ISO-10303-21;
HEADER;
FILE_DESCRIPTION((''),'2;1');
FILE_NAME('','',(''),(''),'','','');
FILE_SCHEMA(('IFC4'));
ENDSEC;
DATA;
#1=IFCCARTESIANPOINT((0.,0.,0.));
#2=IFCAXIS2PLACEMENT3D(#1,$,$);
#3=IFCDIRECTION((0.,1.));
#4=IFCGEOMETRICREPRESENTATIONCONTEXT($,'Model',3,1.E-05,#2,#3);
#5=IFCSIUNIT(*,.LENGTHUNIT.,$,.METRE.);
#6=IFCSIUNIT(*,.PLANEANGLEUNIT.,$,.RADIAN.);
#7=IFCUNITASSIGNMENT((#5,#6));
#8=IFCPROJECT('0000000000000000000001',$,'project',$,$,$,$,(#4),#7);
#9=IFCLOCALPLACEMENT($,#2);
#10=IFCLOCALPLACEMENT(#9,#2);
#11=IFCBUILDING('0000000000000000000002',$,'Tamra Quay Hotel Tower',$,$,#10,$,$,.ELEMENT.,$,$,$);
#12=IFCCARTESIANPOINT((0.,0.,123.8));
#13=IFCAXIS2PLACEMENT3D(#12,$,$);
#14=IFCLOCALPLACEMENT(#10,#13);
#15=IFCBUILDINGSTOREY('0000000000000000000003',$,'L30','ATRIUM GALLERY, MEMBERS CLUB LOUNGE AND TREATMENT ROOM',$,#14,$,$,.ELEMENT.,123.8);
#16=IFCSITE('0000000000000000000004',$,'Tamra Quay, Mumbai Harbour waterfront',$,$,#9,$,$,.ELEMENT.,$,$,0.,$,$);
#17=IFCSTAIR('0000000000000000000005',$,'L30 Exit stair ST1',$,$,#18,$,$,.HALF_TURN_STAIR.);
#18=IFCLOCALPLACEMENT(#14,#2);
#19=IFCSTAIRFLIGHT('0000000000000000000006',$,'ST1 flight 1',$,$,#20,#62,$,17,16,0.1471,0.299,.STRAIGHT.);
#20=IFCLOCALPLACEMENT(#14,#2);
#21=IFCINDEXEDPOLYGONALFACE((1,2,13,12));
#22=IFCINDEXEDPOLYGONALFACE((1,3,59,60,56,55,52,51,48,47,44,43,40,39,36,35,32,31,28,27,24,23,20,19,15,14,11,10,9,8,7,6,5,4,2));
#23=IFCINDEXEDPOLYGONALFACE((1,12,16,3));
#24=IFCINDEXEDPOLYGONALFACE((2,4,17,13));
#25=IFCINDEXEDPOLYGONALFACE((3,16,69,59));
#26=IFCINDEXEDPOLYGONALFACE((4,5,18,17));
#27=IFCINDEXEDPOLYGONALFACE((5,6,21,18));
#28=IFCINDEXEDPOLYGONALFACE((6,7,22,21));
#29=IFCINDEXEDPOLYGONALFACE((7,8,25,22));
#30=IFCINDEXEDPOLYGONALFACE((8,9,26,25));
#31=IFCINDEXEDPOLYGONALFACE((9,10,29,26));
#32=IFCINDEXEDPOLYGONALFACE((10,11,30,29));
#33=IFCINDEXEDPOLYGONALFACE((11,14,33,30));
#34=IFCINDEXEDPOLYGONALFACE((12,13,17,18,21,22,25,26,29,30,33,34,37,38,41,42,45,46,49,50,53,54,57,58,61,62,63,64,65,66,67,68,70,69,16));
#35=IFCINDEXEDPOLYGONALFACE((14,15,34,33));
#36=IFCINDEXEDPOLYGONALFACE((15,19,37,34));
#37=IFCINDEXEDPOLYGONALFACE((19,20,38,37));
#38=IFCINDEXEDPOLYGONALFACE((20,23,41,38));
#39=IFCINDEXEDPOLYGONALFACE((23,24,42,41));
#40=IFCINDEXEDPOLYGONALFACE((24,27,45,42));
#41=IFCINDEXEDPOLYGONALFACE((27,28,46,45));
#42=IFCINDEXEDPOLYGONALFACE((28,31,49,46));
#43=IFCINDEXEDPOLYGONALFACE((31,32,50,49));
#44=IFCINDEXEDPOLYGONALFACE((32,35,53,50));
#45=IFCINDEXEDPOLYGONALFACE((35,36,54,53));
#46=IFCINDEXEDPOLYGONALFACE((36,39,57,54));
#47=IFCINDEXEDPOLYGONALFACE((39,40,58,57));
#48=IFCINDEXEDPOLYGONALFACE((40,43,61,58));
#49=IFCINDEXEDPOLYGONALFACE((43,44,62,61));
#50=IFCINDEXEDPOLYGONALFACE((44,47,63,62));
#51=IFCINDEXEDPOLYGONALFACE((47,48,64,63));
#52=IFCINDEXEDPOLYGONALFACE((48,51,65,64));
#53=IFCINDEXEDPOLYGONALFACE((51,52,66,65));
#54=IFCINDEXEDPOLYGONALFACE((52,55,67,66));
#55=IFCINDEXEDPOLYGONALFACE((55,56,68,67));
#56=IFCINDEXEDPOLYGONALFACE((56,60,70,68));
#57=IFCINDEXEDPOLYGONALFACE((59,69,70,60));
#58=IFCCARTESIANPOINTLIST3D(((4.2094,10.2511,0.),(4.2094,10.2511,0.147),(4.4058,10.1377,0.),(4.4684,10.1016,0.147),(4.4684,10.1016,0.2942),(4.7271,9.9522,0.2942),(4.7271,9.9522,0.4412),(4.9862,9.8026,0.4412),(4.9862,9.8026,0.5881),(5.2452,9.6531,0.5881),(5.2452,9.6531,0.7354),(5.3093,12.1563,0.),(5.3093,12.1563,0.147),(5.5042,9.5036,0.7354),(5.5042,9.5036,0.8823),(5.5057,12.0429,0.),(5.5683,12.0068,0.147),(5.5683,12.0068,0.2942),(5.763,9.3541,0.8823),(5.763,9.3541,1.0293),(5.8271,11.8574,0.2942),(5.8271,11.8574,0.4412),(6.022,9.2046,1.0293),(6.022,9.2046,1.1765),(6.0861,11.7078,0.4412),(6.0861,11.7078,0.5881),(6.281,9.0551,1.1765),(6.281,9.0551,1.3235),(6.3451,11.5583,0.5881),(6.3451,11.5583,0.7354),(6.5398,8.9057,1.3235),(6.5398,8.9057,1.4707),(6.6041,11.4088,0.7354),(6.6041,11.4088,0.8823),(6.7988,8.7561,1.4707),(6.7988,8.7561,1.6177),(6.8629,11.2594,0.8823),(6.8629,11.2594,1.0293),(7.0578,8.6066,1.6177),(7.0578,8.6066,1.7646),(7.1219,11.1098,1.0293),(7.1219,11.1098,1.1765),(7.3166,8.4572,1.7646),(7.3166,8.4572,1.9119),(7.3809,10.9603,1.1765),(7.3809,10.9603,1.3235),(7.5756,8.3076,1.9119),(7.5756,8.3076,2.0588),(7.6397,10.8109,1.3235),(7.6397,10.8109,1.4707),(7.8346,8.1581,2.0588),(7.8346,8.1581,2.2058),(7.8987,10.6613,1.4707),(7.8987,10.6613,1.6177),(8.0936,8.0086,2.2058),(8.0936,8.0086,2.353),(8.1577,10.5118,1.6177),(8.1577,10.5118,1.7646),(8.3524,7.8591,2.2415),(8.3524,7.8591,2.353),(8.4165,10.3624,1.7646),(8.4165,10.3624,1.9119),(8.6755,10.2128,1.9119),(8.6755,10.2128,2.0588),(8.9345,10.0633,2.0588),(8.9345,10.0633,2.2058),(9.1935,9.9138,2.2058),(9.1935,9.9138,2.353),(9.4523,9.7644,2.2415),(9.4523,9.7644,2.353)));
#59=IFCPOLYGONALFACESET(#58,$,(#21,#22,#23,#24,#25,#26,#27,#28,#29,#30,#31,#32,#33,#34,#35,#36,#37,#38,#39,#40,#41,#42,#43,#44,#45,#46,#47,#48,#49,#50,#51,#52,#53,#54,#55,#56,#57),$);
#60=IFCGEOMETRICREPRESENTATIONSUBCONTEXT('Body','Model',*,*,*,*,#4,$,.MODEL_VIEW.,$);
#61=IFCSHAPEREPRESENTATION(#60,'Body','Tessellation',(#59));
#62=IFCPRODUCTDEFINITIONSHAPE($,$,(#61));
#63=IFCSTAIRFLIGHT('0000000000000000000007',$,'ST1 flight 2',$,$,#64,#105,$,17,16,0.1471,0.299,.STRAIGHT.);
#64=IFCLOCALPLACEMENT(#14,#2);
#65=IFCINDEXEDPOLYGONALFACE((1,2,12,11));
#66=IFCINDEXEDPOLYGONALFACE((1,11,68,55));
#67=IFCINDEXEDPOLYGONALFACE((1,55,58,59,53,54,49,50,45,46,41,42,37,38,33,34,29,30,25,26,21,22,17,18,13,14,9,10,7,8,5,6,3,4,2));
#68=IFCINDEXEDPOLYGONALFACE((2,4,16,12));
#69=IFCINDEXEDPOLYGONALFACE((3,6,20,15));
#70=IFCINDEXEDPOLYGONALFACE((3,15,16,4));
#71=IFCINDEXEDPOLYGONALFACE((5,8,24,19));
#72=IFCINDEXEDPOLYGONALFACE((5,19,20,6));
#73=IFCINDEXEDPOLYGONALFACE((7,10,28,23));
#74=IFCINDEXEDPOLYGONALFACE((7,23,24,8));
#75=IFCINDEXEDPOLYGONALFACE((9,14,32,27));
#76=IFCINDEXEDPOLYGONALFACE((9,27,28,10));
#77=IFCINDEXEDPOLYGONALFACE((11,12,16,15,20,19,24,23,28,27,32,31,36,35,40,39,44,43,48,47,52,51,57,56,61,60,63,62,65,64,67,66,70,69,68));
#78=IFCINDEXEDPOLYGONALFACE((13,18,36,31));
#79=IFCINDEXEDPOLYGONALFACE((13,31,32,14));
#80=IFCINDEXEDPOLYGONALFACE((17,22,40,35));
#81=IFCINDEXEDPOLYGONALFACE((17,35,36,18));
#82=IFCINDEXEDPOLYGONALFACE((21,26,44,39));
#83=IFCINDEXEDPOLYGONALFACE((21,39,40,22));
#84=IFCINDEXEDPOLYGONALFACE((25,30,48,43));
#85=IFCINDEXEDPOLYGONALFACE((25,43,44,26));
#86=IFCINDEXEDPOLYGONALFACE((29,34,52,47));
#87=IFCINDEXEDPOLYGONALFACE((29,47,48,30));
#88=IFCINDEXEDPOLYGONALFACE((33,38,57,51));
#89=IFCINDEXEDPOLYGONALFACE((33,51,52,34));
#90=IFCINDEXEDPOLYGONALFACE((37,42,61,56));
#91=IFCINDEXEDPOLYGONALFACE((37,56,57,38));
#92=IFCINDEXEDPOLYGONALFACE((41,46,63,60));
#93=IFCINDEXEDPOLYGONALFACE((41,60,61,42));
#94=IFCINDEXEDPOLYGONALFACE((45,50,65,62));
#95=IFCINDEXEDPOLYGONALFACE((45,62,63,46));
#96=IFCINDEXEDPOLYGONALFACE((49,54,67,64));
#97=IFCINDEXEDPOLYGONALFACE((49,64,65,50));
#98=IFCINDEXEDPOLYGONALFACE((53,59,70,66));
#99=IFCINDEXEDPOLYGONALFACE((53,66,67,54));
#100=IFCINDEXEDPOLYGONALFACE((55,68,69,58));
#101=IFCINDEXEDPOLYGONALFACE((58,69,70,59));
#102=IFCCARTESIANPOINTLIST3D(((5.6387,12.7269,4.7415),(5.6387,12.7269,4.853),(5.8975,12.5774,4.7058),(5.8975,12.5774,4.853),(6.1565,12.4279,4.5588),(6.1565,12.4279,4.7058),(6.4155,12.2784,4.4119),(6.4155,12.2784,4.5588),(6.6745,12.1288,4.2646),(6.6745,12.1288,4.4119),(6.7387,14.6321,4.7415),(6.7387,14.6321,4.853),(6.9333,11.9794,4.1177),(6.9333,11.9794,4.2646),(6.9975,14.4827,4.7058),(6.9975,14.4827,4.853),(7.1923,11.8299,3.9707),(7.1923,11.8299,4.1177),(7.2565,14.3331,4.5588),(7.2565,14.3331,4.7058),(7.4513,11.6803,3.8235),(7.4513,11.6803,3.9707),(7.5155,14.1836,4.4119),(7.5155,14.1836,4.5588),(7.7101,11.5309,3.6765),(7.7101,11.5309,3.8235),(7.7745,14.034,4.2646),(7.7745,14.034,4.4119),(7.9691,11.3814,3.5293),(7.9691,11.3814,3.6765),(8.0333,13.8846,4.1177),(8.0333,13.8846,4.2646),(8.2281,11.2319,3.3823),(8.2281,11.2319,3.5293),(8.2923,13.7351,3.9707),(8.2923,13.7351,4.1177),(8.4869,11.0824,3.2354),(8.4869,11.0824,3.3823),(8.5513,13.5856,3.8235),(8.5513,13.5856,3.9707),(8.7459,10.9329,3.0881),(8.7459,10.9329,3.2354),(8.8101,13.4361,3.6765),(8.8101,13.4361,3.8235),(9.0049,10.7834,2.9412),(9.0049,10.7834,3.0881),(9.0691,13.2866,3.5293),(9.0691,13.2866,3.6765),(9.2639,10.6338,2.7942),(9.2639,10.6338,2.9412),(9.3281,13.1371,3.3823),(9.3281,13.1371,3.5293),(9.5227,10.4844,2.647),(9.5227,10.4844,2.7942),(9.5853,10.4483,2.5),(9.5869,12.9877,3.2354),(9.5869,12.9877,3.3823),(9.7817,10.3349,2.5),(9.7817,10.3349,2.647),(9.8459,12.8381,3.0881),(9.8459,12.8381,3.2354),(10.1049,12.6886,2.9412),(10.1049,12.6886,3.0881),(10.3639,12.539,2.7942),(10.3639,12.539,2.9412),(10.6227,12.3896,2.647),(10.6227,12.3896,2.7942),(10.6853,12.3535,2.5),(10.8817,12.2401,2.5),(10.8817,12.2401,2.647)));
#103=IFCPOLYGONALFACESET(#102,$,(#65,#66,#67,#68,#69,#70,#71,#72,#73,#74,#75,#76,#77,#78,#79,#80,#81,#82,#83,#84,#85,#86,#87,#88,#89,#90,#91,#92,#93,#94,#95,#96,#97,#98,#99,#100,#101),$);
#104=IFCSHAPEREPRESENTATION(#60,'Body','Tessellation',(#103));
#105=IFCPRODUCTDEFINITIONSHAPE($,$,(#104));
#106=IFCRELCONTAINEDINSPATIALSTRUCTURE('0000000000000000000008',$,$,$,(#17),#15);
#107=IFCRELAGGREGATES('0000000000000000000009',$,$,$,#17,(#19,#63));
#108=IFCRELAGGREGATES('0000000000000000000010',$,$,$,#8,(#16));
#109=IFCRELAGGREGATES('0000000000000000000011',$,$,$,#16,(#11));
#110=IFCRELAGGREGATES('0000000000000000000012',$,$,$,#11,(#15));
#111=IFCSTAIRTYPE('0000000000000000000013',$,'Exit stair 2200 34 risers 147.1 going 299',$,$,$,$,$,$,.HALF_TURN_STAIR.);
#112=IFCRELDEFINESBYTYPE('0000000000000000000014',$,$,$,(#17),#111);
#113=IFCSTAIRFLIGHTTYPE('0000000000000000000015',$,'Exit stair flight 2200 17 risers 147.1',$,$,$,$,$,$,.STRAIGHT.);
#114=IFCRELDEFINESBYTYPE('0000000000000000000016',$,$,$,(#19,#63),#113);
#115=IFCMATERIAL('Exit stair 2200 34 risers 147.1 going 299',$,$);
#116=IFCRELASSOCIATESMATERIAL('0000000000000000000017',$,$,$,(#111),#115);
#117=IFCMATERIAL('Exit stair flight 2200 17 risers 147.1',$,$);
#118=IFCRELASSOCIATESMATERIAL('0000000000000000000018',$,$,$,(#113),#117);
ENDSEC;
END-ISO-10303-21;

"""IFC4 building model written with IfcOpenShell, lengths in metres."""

from ifc_helpers import new_model, si_unit, direction, frame, origin, place, context, subcontext, project, spatial, polyline, outline, extrude, material, type_object, element, aggregate, save


model = new_model("IFC4")

# Units and contexts
model_context = context("Model", 3, precision=1e-05, world=origin(), true_north=direction((0.0, 1.0)))
body_context = subcontext(model_context, "Body", "Model", "MODEL_VIEW")
ifc_project = project(units=[si_unit("LENGTHUNIT", "METRE"), si_unit("PLANEANGLEUNIT", "RADIAN")], contexts=[model_context])

# Site, building, storey
site_placement = place(None, origin())
site = spatial("IfcSite", under=ifc_project, at=site_placement, Name="Tamra Quay, Mumbai Harbour waterfront", CompositionType="ELEMENT", RefElevation=0.0)
building_placement = place(site_placement, origin())
building = spatial("IfcBuilding", under=site, at=building_placement, Name="Tamra Quay Hotel Tower", CompositionType="ELEMENT")
storey_placement = place(building_placement, frame((0.0, 0.0, 123.8)))
storey = spatial("IfcBuildingStorey", under=building, at=storey_placement, Name="L30", Description="ATRIUM GALLERY, MEMBERS CLUB LOUNGE AND TREATMENT ROOM", CompositionType="ELEMENT", Elevation=123.8)

# Stair, stair flights
ifc_material_1 = material(Name="Exit stair 2200 34 risers 147.1 going 299")
stair_type = type_object("IfcStairType", Name="Exit stair 2200 34 risers 147.1 going 299", PredefinedType="HALF_TURN_STAIR", material=ifc_material_1)
stair_placement = place(storey_placement, origin())
stair = element("IfcStair", 1, at=stair_placement, inside=storey, type_object=stair_type, Name="L30 Exit stair ST1", PredefinedType="HALF_TURN_STAIR")
ifc_material_2 = material(Name="Exit stair flight 2200 17 risers 147.1")
stair_flight_type = type_object("IfcStairFlightType", Name="Exit stair flight 2200 17 risers 147.1", PredefinedType="STRAIGHT", material=ifc_material_2)
stair_flight_1_placement = place(storey_placement, frame((4.7593, 11.2036, 0.0), z_axis=(0.0, 0.0, 1.0), x_axis=(0.866025, -0.5, 0.0)))
stair_flight_1 = element("IfcStairFlight", 2, at=stair_flight_1_placement, type_object=stair_flight_type, Name="ST1 flight 1", NumberOfRisers=17, NumberOfTreads=16, PredefinedType="STRAIGHT", RiserHeight=0.1471, TreadLength=0.299, context=body_context, shape_type="SweptSolid", body=[
    extrude(outline(polyline([(0.0, 0.0), (0.0, 0.147), (0.2991, 0.147), (0.2991, 0.2942), (0.5979, 0.2942), (0.5979, 0.4412), (0.897, 0.4412), (0.897, 0.5881), (1.196, 0.5881), (1.196, 0.7354), (1.4951, 0.7354), (1.4951, 0.8823), (1.7939, 0.8823), (1.7939, 1.0293), (2.093, 1.0293), (2.093, 1.1765), (2.3921, 1.1765), (2.3921, 1.3235), (2.6909, 1.3235), (2.6909, 1.4707), (2.99, 1.4707), (2.99, 1.6177), (3.2891, 1.6177), (3.2891, 1.7646), (3.5879, 1.7646), (3.5879, 1.9119), (3.887, 1.9119), (3.887, 2.0588), (4.186, 2.0588), (4.186, 2.2058), (4.4851, 2.2058), (4.4851, 2.353), (4.7839, 2.353), (4.7839, 2.5), (4.7839, 2.2415), (0.2268, 0.0), (0.0, 0.0)])), frame((0.0, 1.1001, 0.0), z_axis=(0.0, -1.0, 0.0), x_axis=(1.0, 0.0, 0.0)), (0.0, 0.0, 1.0), 2.2),
])
stair_flight_2_placement = place(storey_placement, frame((10.3318, 11.2876, 2.5), z_axis=(0.0, 0.0, 1.0), x_axis=(-0.866025, 0.5, 0.0)))
stair_flight_2 = element("IfcStairFlight", 3, at=stair_flight_2_placement, type_object=stair_flight_type, Name="ST1 flight 2", NumberOfRisers=17, NumberOfTreads=16, PredefinedType="STRAIGHT", RiserHeight=0.1471, TreadLength=0.299, context=body_context, shape_type="SweptSolid", body=[
    extrude(outline(polyline([(0.0, 0.0), (0.0, 0.147), (0.2991, 0.147), (0.2991, 0.2942), (0.5979, 0.2942), (0.5979, 0.4412), (0.897, 0.4412), (0.897, 0.5881), (1.196, 0.5881), (1.196, 0.7354), (1.4951, 0.7354), (1.4951, 0.8823), (1.7939, 0.8823), (1.7939, 1.0293), (2.093, 1.0293), (2.093, 1.1765), (2.3921, 1.1765), (2.3921, 1.3235), (2.6909, 1.3235), (2.6909, 1.4707), (2.99, 1.4707), (2.99, 1.6177), (3.2891, 1.6177), (3.2891, 1.7646), (3.5879, 1.7646), (3.5879, 1.9119), (3.887, 1.9119), (3.887, 2.0588), (4.186, 2.0588), (4.186, 2.2058), (4.4851, 2.2058), (4.4851, 2.353), (4.7839, 2.353), (4.7839, 2.5), (4.7839, 2.2415), (0.2268, 0.0), (0.0, 0.0)])), frame((0.0, 1.1001, 0.0), z_axis=(0.0, -1.0, 0.0), x_axis=(1.0, 0.0, 0.0)), (0.0, 0.0, 1.0), 2.2),
])
aggregate(stair, [stair_flight_1, stair_flight_2])

save(model, "model.ifc")
